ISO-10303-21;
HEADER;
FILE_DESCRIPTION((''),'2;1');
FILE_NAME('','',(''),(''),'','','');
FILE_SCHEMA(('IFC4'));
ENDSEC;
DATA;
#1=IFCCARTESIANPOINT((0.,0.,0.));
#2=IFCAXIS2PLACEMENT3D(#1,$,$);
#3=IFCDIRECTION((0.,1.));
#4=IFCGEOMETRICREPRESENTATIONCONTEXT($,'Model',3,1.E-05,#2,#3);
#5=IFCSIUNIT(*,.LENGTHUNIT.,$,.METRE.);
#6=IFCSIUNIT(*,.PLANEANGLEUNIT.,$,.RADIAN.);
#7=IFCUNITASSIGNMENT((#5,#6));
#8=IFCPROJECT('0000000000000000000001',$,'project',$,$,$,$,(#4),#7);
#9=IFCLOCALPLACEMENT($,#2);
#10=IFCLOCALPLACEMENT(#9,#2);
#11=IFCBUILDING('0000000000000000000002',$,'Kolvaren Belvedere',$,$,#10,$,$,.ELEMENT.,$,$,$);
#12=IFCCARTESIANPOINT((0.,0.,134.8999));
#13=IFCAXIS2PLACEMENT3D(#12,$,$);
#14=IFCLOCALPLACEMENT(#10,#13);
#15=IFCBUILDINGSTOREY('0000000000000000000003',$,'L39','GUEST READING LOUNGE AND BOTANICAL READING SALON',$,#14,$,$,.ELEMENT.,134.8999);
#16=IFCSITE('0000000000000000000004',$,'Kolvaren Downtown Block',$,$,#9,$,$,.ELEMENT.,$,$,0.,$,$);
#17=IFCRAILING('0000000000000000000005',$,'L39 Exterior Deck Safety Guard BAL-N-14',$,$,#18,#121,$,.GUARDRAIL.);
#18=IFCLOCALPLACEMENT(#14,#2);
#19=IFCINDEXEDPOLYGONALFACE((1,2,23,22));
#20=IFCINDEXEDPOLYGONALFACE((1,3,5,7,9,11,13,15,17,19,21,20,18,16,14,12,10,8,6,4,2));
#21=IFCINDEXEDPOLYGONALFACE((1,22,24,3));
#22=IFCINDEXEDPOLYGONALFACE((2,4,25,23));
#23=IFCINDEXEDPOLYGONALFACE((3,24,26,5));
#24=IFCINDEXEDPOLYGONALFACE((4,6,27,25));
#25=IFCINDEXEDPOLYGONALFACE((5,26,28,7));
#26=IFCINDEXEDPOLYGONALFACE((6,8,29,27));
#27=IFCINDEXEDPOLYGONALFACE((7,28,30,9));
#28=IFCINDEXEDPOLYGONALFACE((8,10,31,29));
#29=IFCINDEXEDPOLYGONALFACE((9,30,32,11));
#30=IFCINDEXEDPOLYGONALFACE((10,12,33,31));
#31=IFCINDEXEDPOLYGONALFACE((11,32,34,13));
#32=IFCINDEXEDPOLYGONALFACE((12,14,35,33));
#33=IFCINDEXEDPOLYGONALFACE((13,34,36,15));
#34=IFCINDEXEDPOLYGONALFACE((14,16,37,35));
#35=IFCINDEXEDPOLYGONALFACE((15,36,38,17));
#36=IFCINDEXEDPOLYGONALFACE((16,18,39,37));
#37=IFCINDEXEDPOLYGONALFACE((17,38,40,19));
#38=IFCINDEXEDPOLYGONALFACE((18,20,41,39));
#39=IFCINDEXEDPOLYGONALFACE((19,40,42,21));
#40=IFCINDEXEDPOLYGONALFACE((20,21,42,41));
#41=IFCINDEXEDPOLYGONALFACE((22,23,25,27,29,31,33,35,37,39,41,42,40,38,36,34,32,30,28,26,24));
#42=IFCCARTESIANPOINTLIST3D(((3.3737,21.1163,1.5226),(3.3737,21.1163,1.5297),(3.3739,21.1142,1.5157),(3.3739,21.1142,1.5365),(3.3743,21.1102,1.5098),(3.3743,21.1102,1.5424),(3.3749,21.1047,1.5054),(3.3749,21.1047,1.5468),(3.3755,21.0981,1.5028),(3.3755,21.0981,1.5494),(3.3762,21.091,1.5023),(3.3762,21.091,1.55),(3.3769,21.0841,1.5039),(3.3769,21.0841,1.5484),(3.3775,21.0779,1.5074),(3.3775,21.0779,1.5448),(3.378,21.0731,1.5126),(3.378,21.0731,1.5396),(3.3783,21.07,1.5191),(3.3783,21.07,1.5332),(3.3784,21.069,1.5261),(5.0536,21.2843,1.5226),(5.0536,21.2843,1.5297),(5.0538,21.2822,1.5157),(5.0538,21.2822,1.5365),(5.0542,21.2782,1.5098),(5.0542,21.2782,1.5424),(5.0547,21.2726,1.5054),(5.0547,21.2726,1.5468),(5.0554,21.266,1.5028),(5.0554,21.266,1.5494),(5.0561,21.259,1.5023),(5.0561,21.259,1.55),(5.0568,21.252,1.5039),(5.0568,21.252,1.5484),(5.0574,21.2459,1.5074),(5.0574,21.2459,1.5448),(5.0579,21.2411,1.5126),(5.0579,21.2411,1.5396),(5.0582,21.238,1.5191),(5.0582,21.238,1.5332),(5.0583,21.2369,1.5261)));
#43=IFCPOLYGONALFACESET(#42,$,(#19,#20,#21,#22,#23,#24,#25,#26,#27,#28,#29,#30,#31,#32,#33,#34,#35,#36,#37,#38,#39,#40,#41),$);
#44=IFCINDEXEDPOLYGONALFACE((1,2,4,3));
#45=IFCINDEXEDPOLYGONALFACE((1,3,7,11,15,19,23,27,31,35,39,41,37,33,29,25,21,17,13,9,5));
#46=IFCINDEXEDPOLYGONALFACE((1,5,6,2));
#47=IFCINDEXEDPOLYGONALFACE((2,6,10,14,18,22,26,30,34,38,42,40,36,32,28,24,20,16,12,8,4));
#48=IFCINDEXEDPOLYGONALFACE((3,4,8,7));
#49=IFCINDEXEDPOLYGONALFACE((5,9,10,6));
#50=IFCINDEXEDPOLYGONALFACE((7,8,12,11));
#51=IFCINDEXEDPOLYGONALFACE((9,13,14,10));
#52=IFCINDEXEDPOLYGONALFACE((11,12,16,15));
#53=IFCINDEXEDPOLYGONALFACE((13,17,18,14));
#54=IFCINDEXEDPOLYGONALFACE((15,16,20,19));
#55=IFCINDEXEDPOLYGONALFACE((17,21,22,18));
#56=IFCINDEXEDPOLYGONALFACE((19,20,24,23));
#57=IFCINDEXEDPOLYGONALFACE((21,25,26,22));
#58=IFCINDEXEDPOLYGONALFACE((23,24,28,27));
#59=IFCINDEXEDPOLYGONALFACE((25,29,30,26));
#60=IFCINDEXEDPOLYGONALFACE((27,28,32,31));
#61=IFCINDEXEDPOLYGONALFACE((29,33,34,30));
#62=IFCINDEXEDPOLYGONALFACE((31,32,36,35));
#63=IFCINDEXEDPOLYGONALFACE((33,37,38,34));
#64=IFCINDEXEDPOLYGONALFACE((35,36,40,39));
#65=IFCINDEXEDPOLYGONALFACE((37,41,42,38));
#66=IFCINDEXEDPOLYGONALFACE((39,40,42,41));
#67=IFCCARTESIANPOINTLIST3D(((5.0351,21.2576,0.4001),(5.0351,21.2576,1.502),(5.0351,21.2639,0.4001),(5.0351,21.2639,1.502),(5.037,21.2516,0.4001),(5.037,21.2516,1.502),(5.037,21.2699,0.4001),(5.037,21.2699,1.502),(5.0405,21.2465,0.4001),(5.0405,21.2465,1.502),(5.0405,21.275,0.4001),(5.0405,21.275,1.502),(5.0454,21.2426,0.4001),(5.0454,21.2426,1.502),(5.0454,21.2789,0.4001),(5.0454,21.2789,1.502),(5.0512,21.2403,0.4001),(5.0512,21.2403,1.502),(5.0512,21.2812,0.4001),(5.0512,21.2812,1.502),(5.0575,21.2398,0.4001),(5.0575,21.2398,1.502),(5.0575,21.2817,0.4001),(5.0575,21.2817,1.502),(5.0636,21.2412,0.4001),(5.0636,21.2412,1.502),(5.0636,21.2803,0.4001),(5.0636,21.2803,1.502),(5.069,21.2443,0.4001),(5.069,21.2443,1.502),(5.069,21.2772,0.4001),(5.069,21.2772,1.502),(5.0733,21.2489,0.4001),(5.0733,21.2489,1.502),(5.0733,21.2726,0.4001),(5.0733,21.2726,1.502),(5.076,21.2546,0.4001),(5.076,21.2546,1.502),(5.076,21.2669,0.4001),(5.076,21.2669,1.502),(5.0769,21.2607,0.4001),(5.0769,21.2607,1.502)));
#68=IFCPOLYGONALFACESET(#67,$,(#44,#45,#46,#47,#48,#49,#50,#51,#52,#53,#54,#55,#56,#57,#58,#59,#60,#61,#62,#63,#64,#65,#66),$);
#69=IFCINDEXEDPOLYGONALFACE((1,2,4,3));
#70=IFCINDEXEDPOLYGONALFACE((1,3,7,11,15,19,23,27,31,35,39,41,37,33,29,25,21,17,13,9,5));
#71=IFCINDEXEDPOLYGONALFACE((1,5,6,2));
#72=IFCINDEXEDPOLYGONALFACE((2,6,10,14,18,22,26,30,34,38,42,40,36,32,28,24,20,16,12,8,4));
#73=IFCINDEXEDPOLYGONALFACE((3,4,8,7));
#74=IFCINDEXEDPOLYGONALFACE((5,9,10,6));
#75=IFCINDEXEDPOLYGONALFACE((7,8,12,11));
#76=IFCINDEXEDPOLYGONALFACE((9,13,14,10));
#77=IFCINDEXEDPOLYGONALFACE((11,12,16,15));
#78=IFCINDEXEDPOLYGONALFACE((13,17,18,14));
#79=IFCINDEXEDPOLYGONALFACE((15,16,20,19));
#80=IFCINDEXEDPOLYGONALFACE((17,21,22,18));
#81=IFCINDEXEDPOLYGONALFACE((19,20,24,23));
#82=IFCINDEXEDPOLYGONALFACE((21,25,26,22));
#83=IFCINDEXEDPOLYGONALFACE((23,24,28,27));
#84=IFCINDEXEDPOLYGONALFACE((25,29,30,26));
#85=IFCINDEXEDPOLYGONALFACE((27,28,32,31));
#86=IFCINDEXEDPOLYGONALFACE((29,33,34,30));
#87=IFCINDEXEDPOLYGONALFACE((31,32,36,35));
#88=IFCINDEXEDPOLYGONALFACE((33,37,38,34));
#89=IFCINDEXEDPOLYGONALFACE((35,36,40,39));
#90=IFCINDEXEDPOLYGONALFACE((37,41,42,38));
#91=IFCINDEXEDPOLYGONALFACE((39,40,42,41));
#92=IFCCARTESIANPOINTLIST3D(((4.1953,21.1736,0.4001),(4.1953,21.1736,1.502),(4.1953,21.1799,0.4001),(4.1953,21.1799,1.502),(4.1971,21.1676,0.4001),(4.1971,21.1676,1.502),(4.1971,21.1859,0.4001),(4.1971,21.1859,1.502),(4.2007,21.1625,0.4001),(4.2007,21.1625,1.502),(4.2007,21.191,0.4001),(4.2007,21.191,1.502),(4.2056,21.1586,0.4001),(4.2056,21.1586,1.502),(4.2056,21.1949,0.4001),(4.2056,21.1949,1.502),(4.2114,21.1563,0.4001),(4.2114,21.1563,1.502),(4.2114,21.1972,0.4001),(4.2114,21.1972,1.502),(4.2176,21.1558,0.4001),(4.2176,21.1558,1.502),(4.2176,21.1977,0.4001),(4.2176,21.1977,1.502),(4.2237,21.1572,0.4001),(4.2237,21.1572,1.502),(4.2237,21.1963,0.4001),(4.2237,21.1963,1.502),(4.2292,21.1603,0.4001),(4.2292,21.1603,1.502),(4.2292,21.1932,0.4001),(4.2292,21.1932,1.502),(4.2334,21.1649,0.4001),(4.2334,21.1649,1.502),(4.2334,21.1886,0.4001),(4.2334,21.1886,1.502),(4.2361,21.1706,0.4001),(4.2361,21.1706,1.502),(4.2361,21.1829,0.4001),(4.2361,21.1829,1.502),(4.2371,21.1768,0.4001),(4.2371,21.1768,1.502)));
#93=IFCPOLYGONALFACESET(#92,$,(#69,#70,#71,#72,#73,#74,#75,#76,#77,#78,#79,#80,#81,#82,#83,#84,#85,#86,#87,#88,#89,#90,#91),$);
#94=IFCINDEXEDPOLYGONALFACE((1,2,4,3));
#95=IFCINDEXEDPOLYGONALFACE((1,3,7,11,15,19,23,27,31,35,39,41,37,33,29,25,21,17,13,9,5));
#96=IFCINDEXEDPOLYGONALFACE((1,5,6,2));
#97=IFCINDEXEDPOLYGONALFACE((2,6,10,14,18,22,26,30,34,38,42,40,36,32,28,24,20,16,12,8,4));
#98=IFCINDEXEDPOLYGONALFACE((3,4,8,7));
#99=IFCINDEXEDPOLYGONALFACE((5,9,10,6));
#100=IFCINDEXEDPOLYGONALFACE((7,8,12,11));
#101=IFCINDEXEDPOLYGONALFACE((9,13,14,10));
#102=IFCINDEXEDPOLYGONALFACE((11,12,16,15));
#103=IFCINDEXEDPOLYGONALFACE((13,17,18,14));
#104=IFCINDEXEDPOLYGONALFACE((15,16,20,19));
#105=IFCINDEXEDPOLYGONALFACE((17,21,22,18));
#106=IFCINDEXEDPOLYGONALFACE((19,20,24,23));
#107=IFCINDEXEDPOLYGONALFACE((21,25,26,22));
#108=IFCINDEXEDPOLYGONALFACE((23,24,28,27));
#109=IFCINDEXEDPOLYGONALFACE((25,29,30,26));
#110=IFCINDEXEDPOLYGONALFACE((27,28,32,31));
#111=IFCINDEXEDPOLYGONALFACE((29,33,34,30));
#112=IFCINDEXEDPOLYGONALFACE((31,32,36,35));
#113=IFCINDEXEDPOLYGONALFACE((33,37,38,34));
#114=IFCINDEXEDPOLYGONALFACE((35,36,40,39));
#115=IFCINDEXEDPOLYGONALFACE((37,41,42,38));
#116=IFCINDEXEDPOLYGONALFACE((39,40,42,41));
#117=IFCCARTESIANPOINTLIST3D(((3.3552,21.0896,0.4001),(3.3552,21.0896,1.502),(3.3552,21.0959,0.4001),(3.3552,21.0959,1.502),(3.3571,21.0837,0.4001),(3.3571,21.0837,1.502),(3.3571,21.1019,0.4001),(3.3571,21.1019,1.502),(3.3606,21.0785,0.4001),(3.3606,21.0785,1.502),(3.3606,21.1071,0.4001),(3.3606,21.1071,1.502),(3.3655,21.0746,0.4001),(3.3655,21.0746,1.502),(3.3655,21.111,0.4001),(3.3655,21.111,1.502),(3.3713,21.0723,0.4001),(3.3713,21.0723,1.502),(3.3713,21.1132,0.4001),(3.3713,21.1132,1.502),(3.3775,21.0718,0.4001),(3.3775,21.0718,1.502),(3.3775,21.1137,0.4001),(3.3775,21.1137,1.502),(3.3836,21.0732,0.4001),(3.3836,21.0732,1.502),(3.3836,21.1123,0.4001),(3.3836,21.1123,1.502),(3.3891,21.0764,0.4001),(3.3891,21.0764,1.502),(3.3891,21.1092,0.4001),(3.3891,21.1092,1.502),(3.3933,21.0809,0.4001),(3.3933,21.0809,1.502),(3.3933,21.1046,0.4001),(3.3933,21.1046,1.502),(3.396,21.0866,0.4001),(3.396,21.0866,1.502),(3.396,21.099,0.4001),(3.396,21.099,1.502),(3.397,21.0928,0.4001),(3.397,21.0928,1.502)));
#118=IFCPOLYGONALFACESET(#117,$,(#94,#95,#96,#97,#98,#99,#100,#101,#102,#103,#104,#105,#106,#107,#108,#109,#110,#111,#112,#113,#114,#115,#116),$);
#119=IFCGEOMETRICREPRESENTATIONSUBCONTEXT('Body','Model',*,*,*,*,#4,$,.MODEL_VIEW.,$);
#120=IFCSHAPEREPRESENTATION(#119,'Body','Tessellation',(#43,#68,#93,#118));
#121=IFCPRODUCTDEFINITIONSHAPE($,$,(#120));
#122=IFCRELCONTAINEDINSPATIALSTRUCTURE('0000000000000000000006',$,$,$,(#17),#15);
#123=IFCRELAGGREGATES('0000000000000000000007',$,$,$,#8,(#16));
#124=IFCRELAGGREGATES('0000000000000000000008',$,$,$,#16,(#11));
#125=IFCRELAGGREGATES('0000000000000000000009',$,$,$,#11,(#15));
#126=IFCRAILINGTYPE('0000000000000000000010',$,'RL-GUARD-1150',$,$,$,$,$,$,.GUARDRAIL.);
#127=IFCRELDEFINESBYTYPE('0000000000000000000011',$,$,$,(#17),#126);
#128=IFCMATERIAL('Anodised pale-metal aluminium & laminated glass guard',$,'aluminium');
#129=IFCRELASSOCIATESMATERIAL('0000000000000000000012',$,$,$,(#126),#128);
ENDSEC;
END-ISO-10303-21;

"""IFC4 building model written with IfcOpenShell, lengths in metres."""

from ifc_helpers import new_model, si_unit, direction, frame, origin, origin_2d, place, context, subcontext, project, spatial, circle, extrude, material, type_object, element, save


model = new_model("IFC4")

# Units and contexts
model_context = context("Model", 3, precision=1e-05, world=origin(), true_north=direction((0.0, 1.0)))
body_context = subcontext(model_context, "Body", "Model", "MODEL_VIEW")
ifc_project = project(units=[si_unit("LENGTHUNIT", "METRE"), si_unit("PLANEANGLEUNIT", "RADIAN")], contexts=[model_context])

# Site, building, storey
site_placement = place(None, origin())
site = spatial("IfcSite", under=ifc_project, at=site_placement, Name="Kolvaren Downtown Block", CompositionType="ELEMENT", RefElevation=0.0)
building_placement = place(site_placement, origin())
building = spatial("IfcBuilding", under=site, at=building_placement, Name="Kolvaren Belvedere", CompositionType="ELEMENT")
storey_placement = place(building_placement, frame((0.0, 0.0, 134.8999)))
storey = spatial("IfcBuildingStorey", under=building, at=storey_placement, Name="L39", Description="GUEST READING LOUNGE AND BOTANICAL READING SALON", CompositionType="ELEMENT", Elevation=134.8999)

# Railing
ifc_material_1 = material(Name="Anodised pale-metal aluminium & laminated glass guard", Category="aluminium")
railing_type = type_object("IfcRailingType", Name="RL-GUARD-1150", PredefinedType="GUARDRAIL", material=ifc_material_1)
railing_1_placement = place(storey_placement, frame((5.0559, 21.2607, 0.4001)))
element("IfcRailing", 1, at=railing_1_placement, inside=storey, type_object=railing_type, Name="L39 Exterior Deck Safety Guard BAL-N-14", PredefinedType="GUARDRAIL", context=body_context, shape_type="SweptSolid", body=[
    extrude(circle(Radius=0.0239, at=origin_2d()), frame((0.0, 0.0, 1.126), z_axis=(-0.995039, -0.099489, 0.0), x_axis=(0.099489, -0.995039, 0.0)), (0.0, 0.0, 1.0), 1.6882),
    extrude(circle(Radius=0.021, at=origin_2d()), origin(), (0.0, 0.0, 1.0), 1.1018),
    extrude(circle(Radius=0.021, at=origin_2d()), frame((-0.8398, -0.084, 0.0)), (0.0, 0.0, 1.0), 1.1018),
    extrude(circle(Radius=0.021, at=origin_2d()), frame((-1.6799, -0.168, 0.0)), (0.0, 0.0, 1.0), 1.1018),
])

save(model, "model.ifc")
